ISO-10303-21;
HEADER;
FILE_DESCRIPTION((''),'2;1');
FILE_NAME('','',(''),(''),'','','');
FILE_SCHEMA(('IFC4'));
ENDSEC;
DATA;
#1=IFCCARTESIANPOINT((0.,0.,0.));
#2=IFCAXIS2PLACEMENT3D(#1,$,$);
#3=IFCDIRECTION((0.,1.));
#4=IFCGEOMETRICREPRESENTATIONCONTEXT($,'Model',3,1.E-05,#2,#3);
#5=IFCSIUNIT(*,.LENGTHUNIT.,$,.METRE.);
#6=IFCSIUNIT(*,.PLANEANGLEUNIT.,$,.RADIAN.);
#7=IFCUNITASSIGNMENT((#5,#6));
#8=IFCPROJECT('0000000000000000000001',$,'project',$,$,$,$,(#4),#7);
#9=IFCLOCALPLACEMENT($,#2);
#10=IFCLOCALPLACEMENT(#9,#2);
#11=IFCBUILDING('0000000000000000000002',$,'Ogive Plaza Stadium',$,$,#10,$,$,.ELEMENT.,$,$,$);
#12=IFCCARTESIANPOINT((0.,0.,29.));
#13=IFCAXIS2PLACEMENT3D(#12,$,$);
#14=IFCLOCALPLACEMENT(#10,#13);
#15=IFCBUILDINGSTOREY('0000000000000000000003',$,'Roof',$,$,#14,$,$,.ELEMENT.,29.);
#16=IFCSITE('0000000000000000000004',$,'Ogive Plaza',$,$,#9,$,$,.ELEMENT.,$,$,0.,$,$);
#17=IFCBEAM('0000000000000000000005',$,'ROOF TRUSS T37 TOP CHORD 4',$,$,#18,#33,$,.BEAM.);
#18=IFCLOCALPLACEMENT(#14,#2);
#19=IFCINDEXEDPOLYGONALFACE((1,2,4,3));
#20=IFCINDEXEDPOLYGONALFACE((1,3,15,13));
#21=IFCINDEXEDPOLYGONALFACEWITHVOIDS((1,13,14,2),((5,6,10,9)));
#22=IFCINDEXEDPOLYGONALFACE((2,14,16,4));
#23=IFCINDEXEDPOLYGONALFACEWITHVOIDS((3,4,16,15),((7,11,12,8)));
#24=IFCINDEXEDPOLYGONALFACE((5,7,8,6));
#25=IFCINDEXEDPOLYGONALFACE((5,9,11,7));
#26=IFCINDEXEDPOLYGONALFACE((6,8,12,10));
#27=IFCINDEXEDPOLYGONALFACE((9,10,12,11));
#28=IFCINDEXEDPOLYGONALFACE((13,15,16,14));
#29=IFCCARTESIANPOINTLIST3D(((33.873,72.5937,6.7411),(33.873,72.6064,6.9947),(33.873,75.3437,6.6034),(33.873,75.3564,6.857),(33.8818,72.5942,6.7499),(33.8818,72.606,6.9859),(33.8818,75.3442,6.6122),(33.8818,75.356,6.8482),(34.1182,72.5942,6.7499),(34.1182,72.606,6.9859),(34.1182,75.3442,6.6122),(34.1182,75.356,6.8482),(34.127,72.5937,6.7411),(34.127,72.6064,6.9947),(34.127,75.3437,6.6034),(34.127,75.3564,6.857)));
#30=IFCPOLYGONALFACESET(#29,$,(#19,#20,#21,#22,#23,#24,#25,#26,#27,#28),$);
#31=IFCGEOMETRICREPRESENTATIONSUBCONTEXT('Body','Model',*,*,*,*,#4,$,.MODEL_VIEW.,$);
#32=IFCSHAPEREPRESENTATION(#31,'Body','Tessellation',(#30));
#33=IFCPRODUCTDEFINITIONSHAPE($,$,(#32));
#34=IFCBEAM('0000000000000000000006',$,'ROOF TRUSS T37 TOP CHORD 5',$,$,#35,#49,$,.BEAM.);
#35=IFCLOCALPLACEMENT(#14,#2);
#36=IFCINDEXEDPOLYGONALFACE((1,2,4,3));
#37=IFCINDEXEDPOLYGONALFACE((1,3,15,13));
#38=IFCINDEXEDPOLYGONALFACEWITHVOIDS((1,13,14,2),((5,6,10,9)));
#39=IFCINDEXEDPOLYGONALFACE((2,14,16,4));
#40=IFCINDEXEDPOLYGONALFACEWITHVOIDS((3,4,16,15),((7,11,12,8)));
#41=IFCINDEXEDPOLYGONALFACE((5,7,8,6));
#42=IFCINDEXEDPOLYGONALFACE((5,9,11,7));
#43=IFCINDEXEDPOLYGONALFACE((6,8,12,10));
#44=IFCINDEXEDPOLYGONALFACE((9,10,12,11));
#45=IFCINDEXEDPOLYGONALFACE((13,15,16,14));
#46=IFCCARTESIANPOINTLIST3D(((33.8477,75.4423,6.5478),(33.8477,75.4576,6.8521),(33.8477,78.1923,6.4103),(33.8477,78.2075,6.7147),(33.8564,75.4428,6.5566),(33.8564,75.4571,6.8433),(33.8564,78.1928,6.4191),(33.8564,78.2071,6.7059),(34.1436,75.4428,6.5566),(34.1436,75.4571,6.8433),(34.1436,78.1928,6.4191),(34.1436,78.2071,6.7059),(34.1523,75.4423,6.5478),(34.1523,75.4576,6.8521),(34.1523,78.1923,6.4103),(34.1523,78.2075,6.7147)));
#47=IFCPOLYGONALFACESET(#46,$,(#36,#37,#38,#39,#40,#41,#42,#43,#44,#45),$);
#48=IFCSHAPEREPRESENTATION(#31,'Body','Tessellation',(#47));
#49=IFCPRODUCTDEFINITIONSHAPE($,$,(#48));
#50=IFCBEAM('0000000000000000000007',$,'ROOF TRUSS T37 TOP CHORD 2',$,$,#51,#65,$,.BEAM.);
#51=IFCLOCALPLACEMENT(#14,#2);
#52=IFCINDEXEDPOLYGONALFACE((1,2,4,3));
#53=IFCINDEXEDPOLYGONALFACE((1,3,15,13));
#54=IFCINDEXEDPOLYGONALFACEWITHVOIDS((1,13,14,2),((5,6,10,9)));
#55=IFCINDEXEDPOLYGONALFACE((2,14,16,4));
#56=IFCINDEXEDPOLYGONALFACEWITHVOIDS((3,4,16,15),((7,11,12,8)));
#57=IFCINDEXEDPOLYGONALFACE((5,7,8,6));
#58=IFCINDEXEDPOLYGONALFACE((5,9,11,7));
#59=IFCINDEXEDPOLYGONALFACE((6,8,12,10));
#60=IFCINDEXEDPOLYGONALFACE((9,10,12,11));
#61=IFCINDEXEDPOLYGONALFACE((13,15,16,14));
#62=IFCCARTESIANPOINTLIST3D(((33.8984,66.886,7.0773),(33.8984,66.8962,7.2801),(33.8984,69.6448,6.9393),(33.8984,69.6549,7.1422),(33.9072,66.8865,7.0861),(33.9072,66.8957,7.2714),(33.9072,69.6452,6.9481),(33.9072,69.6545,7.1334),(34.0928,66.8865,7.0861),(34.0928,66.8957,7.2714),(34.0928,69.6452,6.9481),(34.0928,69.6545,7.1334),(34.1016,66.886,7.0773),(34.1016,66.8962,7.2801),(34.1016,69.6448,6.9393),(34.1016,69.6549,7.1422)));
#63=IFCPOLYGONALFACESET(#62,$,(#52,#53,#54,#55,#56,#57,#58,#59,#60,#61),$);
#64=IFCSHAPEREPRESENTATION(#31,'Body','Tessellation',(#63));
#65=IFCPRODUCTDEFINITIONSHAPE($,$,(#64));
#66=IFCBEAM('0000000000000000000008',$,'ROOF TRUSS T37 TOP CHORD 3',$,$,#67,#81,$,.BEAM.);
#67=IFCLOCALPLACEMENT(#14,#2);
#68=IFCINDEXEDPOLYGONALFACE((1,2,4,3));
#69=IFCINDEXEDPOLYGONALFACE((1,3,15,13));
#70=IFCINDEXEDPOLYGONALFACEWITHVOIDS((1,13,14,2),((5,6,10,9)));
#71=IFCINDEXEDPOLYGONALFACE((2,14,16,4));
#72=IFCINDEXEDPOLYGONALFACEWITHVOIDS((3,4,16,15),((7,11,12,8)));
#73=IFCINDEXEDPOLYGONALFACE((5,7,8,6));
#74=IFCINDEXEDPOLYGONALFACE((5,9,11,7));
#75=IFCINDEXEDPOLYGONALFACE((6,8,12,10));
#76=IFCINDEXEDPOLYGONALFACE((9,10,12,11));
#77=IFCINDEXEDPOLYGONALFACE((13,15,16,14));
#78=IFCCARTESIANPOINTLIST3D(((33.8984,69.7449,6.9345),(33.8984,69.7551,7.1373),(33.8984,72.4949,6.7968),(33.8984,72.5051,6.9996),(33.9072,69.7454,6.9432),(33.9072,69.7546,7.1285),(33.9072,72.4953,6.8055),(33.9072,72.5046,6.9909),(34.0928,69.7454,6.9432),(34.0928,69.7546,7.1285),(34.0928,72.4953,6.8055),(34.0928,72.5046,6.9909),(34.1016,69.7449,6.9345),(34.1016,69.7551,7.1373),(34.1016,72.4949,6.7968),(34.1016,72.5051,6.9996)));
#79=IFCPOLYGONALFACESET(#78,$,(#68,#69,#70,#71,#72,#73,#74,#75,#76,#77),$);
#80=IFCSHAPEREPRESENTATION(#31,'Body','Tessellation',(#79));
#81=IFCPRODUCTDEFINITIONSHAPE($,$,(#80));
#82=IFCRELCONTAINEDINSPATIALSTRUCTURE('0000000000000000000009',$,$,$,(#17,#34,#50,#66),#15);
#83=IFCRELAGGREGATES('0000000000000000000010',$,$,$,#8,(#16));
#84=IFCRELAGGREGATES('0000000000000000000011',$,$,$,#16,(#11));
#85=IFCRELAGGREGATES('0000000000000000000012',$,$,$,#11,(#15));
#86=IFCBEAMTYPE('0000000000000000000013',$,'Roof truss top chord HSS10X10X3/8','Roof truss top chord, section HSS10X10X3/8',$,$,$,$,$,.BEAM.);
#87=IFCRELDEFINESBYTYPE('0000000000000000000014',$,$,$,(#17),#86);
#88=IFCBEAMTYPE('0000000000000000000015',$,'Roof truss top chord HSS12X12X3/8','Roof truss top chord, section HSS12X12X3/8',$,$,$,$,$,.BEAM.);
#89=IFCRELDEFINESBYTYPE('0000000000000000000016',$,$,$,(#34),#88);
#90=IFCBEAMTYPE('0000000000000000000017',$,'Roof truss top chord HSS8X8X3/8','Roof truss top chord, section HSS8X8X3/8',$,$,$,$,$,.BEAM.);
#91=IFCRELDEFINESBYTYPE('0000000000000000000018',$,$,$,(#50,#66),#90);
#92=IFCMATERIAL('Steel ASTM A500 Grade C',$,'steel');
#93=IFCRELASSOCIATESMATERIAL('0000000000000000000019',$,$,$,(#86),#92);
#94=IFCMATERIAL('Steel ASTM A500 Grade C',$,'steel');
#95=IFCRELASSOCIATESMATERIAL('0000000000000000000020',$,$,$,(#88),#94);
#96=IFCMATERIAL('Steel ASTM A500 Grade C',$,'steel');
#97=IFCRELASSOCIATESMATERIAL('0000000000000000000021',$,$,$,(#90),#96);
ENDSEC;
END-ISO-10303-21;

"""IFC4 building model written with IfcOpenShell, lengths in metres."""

from ifc_helpers import new_model, si_unit, direction, frame, origin, origin_2d, place, context, subcontext, project, spatial, hollow_rectangle, extrude, material, material_profile, profile_set, type_object, element, save


model = new_model("IFC4")

# Units and contexts
model_context = context("Model", 3, precision=1e-05, world=origin(), true_north=direction((0.0, 1.0)))
body_context = subcontext(model_context, "Body", "Model", "MODEL_VIEW")
ifc_project = project(units=[si_unit("LENGTHUNIT", "METRE"), si_unit("PLANEANGLEUNIT", "RADIAN")], contexts=[model_context])

# Site, building, storey
site_placement = place(None, origin())
site = spatial("IfcSite", under=ifc_project, at=site_placement, Name="Ogive Plaza", CompositionType="ELEMENT", RefElevation=0.0)
building_placement = place(site_placement, origin())
building = spatial("IfcBuilding", under=site, at=building_placement, Name="Ogive Plaza Stadium", CompositionType="ELEMENT")
storey_placement = place(building_placement, frame((0.0, 0.0, 29.0)))
storey = spatial("IfcBuildingStorey", under=building, at=storey_placement, Name="Roof", CompositionType="ELEMENT", Elevation=29.0)

# Beams
ifc_material_1 = material(Name="Steel ASTM A500 Grade C", Category="steel")
ifc_material_profile_1 = material_profile(ifc_material_1, hollow_rectangle(XDim=0.2539, YDim=0.2539, WallThickness=0.0088, at=origin_2d()), Name="HSS10X10X3/8")
ifc_profile_set_1 = profile_set([ifc_material_profile_1], Name="Steel ASTM A500 Grade C")
beam_type_1 = type_object("IfcBeamType", Name="Roof truss top chord HSS10X10X3/8", Description="Roof truss top chord, section HSS10X10X3/8", PredefinedType="BEAM", material=ifc_profile_set_1)
beam_1_placement = place(storey_placement, frame((34.0, 72.6001, 6.8679), z_axis=(0.0, 0.998749, -0.050008), x_axis=(-1.0, 0.0, 0.0)))
element("IfcBeam", 1, at=beam_1_placement, inside=storey, type_object=beam_type_1, Name="ROOF TRUSS T37 TOP CHORD 4", PredefinedType="BEAM", context=body_context, shape_type="SweptSolid", body=[
    extrude(hollow_rectangle(XDim=0.2539, YDim=0.2539, WallThickness=0.0088, at=origin_2d()), origin(), (0.0, 0.0, 1.0), 2.7534),
])
ifc_material_2 = material(Name="Steel ASTM A500 Grade C", Category="steel")
ifc_material_profile_2 = material_profile(ifc_material_2, hollow_rectangle(XDim=0.3047, YDim=0.3047, WallThickness=0.0088, at=origin_2d()), Name="HSS12X12X3/8")
ifc_profile_set_2 = profile_set([ifc_material_profile_2], Name="Steel ASTM A500 Grade C")
beam_type_2 = type_object("IfcBeamType", Name="Roof truss top chord HSS12X12X3/8", Description="Roof truss top chord, section HSS12X12X3/8", PredefinedType="BEAM", material=ifc_profile_set_2)
beam_2_placement = place(storey_placement, frame((34.0, 75.45, 6.7), z_axis=(0.0, 0.998753, -0.04992), x_axis=(-1.0, 0.0, 0.0)))
element("IfcBeam", 2, at=beam_2_placement, inside=storey, type_object=beam_type_2, Name="ROOF TRUSS T37 TOP CHORD 5", PredefinedType="BEAM", context=body_context, shape_type="SweptSolid", body=[
    extrude(hollow_rectangle(XDim=0.3047, YDim=0.3047, WallThickness=0.0088, at=origin_2d()), origin(), (0.0, 0.0, 1.0), 2.7534),
])
ifc_material_3 = material(Name="Steel ASTM A500 Grade C", Category="steel")
ifc_material_profile_3 = material_profile(ifc_material_3, hollow_rectangle(XDim=0.2031, YDim=0.2031, WallThickness=0.0088, at=origin_2d()), Name="HSS8X8X3/8")
ifc_profile_set_3 = profile_set([ifc_material_profile_3], Name="Steel ASTM A500 Grade C")
beam_type_3 = type_object("IfcBeamType", Name="Roof truss top chord HSS8X8X3/8", Description="Roof truss top chord, section HSS8X8X3/8", PredefinedType="BEAM", material=ifc_profile_set_3)
beam_3_placement = place(storey_placement, frame((34.0, 66.8911, 7.1787), z_axis=(0.0, 0.998752, -0.049938), x_axis=(-1.0, 0.0, 0.0)))
element("IfcBeam", 3, at=beam_3_placement, inside=storey, type_object=beam_type_3, Name="ROOF TRUSS T37 TOP CHORD 2", PredefinedType="BEAM", context=body_context, shape_type="SweptSolid", body=[
    extrude(hollow_rectangle(XDim=0.2031, YDim=0.2031, WallThickness=0.0088, at=origin_2d()), origin(), (0.0, 0.0, 1.0), 2.7622),
])
beam_4_placement = place(storey_placement, frame((34.0, 69.75, 7.0359), z_axis=(0.0, 0.998749, -0.050008), x_axis=(-1.0, 0.0, 0.0)))
element("IfcBeam", 4, at=beam_4_placement, inside=storey, type_object=beam_type_3, Name="ROOF TRUSS T37 TOP CHORD 3", PredefinedType="BEAM", context=body_context, shape_type="SweptSolid", body=[
    extrude(hollow_rectangle(XDim=0.2031, YDim=0.2031, WallThickness=0.0088, at=origin_2d()), origin(), (0.0, 0.0, 1.0), 2.7534),
])

save(model, "model.ifc")
